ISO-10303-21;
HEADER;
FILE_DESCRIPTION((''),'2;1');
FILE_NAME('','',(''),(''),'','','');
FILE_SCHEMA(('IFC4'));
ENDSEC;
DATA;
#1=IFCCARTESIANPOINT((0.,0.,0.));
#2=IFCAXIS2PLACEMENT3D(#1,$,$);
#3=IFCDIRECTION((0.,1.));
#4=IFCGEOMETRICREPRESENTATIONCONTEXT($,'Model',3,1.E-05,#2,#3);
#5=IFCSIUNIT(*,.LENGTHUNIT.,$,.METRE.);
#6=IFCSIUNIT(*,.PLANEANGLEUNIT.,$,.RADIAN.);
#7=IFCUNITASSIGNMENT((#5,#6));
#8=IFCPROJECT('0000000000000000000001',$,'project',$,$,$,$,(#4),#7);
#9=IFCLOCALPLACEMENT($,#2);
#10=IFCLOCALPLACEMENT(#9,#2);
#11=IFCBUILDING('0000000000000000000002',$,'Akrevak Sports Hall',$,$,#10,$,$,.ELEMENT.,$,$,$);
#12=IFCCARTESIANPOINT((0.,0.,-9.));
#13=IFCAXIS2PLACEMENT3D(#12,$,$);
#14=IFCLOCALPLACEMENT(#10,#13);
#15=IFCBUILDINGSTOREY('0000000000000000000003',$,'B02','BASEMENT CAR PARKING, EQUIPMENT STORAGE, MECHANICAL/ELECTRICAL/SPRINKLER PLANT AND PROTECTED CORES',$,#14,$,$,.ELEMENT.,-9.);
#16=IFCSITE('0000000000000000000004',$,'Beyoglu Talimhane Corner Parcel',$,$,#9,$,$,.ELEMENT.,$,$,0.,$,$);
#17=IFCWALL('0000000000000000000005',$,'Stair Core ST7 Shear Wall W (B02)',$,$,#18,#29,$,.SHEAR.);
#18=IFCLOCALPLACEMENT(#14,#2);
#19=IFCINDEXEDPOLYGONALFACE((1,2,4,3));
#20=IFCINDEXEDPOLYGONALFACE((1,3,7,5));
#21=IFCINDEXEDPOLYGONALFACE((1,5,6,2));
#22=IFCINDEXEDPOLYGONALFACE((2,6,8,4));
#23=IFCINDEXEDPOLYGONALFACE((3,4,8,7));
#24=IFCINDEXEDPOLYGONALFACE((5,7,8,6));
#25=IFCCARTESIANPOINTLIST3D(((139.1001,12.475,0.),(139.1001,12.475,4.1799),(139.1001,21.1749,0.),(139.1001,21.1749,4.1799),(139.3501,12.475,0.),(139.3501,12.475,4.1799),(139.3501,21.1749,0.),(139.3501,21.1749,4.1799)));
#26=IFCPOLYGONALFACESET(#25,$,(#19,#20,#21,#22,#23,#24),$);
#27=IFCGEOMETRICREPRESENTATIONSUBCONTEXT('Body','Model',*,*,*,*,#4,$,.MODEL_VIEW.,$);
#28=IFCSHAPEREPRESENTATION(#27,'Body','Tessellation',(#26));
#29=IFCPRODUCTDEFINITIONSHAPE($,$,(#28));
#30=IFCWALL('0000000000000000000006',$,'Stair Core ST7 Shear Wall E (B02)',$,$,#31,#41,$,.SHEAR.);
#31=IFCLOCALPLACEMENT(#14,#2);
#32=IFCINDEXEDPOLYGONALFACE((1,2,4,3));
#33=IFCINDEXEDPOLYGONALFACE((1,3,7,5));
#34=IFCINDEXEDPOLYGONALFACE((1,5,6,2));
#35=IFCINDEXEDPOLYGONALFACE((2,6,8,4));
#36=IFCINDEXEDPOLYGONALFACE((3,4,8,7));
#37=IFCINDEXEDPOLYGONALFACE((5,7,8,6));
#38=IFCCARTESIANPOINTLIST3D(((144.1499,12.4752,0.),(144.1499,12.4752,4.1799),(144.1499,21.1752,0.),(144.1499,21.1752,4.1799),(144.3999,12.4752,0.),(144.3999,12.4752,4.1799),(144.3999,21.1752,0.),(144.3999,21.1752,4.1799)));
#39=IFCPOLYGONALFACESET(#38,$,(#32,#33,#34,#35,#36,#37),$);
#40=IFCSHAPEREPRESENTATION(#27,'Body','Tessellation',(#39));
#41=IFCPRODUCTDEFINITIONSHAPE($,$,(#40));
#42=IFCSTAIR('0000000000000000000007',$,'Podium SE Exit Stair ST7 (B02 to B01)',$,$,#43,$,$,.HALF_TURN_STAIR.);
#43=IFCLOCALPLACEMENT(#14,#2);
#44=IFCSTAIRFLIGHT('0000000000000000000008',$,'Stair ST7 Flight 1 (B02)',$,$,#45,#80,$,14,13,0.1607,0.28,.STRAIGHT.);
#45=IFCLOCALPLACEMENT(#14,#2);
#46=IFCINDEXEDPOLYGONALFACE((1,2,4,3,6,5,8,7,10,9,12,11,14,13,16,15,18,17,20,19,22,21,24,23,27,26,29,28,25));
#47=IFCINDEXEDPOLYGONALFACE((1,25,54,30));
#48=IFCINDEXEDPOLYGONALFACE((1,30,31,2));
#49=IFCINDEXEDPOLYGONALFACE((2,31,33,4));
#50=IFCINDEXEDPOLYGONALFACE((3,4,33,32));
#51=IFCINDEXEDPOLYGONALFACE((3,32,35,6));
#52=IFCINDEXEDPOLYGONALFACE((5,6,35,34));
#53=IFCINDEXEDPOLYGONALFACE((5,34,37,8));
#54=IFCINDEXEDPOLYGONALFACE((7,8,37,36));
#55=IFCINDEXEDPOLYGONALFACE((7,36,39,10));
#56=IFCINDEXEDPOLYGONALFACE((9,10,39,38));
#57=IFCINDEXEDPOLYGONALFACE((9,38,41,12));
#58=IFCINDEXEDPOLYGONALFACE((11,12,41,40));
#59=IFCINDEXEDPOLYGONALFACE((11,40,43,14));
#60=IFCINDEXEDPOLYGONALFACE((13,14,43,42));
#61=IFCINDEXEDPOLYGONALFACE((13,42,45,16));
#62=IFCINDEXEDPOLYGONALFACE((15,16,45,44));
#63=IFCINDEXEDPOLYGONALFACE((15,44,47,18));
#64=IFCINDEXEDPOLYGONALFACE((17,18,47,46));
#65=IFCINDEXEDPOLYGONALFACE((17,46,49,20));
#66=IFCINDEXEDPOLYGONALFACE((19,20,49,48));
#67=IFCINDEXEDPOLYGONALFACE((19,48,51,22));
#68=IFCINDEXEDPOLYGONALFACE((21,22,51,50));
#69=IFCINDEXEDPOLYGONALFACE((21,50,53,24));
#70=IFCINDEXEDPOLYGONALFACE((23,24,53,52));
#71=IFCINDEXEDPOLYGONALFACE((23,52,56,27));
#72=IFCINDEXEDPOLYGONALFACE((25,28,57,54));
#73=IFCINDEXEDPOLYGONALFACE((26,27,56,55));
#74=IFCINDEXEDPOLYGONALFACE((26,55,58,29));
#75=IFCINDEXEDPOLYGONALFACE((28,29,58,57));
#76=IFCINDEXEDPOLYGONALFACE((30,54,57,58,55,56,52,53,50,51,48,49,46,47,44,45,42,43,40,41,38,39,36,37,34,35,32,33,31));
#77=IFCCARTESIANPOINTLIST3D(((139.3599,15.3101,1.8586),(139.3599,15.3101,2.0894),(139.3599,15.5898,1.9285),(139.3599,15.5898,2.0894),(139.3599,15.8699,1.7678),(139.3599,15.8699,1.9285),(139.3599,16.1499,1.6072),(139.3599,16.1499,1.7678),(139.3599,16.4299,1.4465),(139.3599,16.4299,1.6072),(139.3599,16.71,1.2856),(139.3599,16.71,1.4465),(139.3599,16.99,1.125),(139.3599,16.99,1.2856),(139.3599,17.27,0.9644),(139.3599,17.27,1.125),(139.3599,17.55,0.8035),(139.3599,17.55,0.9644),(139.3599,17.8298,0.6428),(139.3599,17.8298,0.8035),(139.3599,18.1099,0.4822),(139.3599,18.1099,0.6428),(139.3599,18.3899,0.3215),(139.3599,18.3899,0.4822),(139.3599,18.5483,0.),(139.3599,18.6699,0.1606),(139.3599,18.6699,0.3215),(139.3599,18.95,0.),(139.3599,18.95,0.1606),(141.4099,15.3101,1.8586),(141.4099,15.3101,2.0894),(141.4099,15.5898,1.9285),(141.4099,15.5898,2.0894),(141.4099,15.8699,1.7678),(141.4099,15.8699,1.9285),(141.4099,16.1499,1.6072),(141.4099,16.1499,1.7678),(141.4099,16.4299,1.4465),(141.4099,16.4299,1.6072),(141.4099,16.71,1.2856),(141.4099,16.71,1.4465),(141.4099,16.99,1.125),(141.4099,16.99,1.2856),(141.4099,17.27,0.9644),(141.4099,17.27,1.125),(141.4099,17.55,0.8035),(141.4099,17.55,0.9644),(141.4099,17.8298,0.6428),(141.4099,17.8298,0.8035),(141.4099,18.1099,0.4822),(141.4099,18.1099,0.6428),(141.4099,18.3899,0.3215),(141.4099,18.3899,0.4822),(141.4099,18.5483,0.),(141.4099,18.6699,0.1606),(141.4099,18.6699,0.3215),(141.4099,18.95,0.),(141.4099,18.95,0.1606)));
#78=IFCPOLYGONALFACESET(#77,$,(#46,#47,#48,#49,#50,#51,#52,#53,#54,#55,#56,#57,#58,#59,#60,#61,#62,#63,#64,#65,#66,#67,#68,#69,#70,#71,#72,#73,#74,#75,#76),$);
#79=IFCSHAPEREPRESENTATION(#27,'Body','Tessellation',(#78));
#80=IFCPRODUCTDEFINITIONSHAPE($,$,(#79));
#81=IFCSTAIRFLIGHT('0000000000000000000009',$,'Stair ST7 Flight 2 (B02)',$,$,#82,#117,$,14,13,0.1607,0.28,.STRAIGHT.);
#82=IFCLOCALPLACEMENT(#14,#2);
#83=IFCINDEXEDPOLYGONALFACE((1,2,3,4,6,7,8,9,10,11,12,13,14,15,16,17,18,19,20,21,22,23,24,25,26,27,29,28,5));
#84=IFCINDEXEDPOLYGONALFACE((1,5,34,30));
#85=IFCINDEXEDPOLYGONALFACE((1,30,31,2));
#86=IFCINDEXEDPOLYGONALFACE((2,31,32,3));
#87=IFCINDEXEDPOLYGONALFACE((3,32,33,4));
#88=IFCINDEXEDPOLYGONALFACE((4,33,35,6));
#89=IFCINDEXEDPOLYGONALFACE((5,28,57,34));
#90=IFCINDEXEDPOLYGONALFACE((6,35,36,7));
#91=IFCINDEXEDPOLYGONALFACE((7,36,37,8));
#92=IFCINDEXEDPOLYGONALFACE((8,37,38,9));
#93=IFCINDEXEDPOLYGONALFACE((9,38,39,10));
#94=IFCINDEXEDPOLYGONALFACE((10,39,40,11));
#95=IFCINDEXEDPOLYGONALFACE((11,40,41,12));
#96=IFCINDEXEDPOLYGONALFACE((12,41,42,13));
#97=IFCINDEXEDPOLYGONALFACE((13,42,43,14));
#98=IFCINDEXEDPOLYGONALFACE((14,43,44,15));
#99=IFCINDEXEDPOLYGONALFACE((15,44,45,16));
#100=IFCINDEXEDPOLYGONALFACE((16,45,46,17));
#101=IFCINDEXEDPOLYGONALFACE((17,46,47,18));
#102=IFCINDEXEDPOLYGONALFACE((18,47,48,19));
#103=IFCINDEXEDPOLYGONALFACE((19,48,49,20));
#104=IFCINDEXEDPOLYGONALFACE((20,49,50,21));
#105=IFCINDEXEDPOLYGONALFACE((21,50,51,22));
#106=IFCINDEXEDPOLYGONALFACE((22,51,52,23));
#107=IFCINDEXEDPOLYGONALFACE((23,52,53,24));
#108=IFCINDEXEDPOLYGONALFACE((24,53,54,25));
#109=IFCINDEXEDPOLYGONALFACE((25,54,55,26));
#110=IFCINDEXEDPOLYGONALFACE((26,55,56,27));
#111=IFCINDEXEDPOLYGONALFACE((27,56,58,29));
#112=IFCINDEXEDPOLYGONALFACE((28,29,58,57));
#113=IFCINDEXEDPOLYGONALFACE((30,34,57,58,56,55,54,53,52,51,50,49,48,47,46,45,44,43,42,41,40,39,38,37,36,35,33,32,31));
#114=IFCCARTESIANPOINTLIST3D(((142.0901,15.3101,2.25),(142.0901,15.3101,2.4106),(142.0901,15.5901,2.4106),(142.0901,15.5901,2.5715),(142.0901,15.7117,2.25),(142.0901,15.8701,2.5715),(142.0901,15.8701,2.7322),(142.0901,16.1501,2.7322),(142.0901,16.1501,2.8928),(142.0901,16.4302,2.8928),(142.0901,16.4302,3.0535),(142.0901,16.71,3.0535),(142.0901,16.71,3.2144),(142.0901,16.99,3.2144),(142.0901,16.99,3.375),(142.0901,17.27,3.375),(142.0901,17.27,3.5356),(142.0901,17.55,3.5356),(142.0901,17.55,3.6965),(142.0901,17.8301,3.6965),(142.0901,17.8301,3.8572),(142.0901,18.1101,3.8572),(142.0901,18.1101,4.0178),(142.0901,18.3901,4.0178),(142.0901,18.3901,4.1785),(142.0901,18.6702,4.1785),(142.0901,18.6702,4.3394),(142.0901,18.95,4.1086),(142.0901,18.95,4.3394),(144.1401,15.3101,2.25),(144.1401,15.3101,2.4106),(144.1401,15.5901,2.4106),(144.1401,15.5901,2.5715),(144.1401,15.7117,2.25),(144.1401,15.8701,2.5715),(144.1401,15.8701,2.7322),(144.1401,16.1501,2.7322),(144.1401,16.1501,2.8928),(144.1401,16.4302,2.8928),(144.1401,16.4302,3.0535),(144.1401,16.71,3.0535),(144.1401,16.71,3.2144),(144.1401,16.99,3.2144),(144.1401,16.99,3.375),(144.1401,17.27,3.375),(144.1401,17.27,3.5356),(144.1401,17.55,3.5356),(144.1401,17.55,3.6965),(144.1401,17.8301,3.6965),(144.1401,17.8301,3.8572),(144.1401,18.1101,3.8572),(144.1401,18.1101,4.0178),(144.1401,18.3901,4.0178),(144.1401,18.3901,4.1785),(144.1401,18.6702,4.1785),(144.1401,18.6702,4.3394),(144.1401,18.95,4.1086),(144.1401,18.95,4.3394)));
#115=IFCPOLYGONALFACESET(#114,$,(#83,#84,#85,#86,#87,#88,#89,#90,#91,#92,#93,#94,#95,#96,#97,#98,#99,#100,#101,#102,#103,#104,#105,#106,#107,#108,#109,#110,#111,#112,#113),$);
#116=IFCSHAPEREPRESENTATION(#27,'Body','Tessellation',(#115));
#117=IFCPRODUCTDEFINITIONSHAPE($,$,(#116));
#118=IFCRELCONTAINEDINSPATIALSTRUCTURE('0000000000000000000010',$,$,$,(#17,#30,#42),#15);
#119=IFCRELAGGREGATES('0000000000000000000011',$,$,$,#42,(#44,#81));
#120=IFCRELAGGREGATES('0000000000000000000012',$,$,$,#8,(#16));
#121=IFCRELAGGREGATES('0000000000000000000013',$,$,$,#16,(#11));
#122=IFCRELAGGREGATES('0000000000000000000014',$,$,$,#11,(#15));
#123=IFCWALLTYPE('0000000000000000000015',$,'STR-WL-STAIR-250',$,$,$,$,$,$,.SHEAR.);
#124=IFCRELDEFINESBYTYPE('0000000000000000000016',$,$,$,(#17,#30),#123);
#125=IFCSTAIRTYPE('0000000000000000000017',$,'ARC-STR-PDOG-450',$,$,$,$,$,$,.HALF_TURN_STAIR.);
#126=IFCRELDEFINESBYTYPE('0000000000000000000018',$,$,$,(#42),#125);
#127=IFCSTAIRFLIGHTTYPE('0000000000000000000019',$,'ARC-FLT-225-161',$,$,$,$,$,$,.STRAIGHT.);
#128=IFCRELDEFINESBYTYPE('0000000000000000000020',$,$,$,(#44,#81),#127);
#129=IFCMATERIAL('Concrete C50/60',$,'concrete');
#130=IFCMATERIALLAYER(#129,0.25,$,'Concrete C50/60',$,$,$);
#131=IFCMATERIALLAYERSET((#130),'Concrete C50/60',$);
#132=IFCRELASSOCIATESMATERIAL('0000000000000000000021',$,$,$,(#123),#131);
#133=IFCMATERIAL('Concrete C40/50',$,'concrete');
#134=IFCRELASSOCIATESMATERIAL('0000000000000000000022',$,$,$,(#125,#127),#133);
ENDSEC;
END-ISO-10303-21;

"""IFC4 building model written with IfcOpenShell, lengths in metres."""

from ifc_helpers import new_model, si_unit, direction, frame, frame_2d, origin, place, context, subcontext, project, spatial, polyline, rectangle, outline, extrude, material, layer, layer_set, type_object, element, aggregate, save


model = new_model("IFC4")

# Units and contexts
model_context = context("Model", 3, precision=1e-05, world=origin(), true_north=direction((0.0, 1.0)))
body_context = subcontext(model_context, "Body", "Model", "MODEL_VIEW")
ifc_project = project(units=[si_unit("LENGTHUNIT", "METRE"), si_unit("PLANEANGLEUNIT", "RADIAN")], contexts=[model_context])

# Site, building, storey
site_placement = place(None, origin())
site = spatial("IfcSite", under=ifc_project, at=site_placement, Name="Beyoglu Talimhane Corner Parcel", CompositionType="ELEMENT", RefElevation=0.0)
building_placement = place(site_placement, origin())
building = spatial("IfcBuilding", under=site, at=building_placement, Name="Akrevak Sports Hall", CompositionType="ELEMENT")
storey_placement = place(building_placement, frame((0.0, 0.0, -9.0)))
storey = spatial("IfcBuildingStorey", under=building, at=storey_placement, Name="B02", Description="BASEMENT CAR PARKING, EQUIPMENT STORAGE, MECHANICAL/ELECTRICAL/SPRINKLER PLANT AND PROTECTED CORES", CompositionType="ELEMENT", Elevation=-9.0)

# Shared definitions
ifc_material_1 = material(Name="Concrete C40/50", Category="concrete")

# Shared definitions
ifc_material_2 = material(Name="Concrete C50/60", Category="concrete")
ifc_layer_1 = layer(ifc_material_2, 0.25, Name="Concrete C50/60")
ifc_layer_set_1 = layer_set([ifc_layer_1], Name="Concrete C50/60")
wall_type_1 = type_object("IfcWallType", Name="STR-WL-STAIR-250", PredefinedType="SHEAR", material=ifc_layer_set_1)

# Walls
for number, where, z_axis, x_axis, name in (
    (1, (139.2251, 21.175, 0.0), (0.0, 0.0, 1.0), (0.0, -1.0, 0.0), "Stair Core ST7 Shear Wall W (B02)"),
    (2, (144.2749, 12.4751, 0.0), (0.0, 0.0, 1.0), (0.0, 1.0, 0.0), "Stair Core ST7 Shear Wall E (B02)"),
):
    element("IfcWall", number, at=place(storey_placement, frame(where, z_axis=z_axis, x_axis=x_axis)), inside=storey, type_object=wall_type_1, Name=name, PredefinedType="SHEAR", context=body_context, shape_type="SweptSolid", body=[
        extrude(rectangle(XDim=8.7, YDim=0.25, at=frame_2d((4.3501, 0.0))), origin(), (0.0, 0.0, 1.0), 4.1799),
    ])

# Stair, stair flights
stair_type = type_object("IfcStairType", Name="ARC-STR-PDOG-450", PredefinedType="HALF_TURN_STAIR", material=ifc_material_1)
stair_placement = place(storey_placement, origin())
stair = element("IfcStair", 3, at=stair_placement, inside=storey, type_object=stair_type, Name="Podium SE Exit Stair ST7 (B02 to B01)", PredefinedType="HALF_TURN_STAIR")
stair_flight_type = type_object("IfcStairFlightType", Name="ARC-FLT-225-161", PredefinedType="STRAIGHT", material=ifc_material_1)
stair_flight_1_placement = place(storey_placement, frame((140.385, 18.95, 0.0), z_axis=(0.0, 0.0, 1.0), x_axis=(0.0, -1.0, 0.0)))
stair_flight_1 = element("IfcStairFlight", 4, at=stair_flight_1_placement, type_object=stair_flight_type, Name="Stair ST7 Flight 1 (B02)", NumberOfRisers=14, NumberOfTreads=13, PredefinedType="STRAIGHT", RiserHeight=0.1607, TreadLength=0.28, context=body_context, shape_type="SweptSolid", body=[
    extrude(outline(polyline([(0.0, 0.0), (0.0, 0.1606), (0.28, 0.1606), (0.28, 0.3215), (0.5601, 0.3215), (0.5601, 0.4822), (0.8401, 0.4822), (0.8401, 0.6428), (1.1201, 0.6428), (1.1201, 0.8035), (1.3999, 0.8035), (1.3999, 0.9644), (1.6799, 0.9644), (1.6799, 1.125), (1.96, 1.125), (1.96, 1.2856), (2.24, 1.2856), (2.24, 1.4465), (2.52, 1.4465), (2.52, 1.6072), (2.8, 1.6072), (2.8, 1.7678), (3.0801, 1.7678), (3.0801, 1.9285), (3.3601, 1.9285), (3.3601, 2.0894), (3.6399, 2.0894), (3.6399, 2.25), (3.6399, 1.8586), (0.4016, 0.0), (0.0, 0.0)])), frame((0.0, 1.0249, 0.0), z_axis=(0.0, -1.0, 0.0), x_axis=(1.0, 0.0, 0.0)), (0.0, 0.0, 1.0), 2.05),
])
stair_flight_2_placement = place(storey_placement, frame((143.115, 15.3101, 2.25), z_axis=(0.0, 0.0, 1.0), x_axis=(0.0, 1.0, 0.0)))
stair_flight_2 = element("IfcStairFlight", 5, at=stair_flight_2_placement, type_object=stair_flight_type, Name="Stair ST7 Flight 2 (B02)", NumberOfRisers=14, NumberOfTreads=13, PredefinedType="STRAIGHT", RiserHeight=0.1607, TreadLength=0.28, context=body_context, shape_type="SweptSolid", body=[
    extrude(outline(polyline([(0.0, 0.0), (0.0, 0.1606), (0.28, 0.1606), (0.28, 0.3215), (0.5601, 0.3215), (0.5601, 0.4822), (0.8401, 0.4822), (0.8401, 0.6428), (1.1201, 0.6428), (1.1201, 0.8035), (1.3999, 0.8035), (1.3999, 0.9644), (1.6799, 0.9644), (1.6799, 1.125), (1.96, 1.125), (1.96, 1.2856), (2.24, 1.2856), (2.24, 1.4465), (2.52, 1.4465), (2.52, 1.6072), (2.8, 1.6072), (2.8, 1.7678), (3.0801, 1.7678), (3.0801, 1.9285), (3.3601, 1.9285), (3.3601, 2.0894), (3.6399, 2.0894), (3.6399, 2.25), (3.6399, 1.8586), (0.4016, 0.0), (0.0, 0.0)])), frame((0.0, 1.0249, 0.0), z_axis=(0.0, -1.0, 0.0), x_axis=(1.0, 0.0, 0.0)), (0.0, 0.0, 1.0), 2.05),
])
aggregate(stair, [stair_flight_1, stair_flight_2])

save(model, "model.ifc")
